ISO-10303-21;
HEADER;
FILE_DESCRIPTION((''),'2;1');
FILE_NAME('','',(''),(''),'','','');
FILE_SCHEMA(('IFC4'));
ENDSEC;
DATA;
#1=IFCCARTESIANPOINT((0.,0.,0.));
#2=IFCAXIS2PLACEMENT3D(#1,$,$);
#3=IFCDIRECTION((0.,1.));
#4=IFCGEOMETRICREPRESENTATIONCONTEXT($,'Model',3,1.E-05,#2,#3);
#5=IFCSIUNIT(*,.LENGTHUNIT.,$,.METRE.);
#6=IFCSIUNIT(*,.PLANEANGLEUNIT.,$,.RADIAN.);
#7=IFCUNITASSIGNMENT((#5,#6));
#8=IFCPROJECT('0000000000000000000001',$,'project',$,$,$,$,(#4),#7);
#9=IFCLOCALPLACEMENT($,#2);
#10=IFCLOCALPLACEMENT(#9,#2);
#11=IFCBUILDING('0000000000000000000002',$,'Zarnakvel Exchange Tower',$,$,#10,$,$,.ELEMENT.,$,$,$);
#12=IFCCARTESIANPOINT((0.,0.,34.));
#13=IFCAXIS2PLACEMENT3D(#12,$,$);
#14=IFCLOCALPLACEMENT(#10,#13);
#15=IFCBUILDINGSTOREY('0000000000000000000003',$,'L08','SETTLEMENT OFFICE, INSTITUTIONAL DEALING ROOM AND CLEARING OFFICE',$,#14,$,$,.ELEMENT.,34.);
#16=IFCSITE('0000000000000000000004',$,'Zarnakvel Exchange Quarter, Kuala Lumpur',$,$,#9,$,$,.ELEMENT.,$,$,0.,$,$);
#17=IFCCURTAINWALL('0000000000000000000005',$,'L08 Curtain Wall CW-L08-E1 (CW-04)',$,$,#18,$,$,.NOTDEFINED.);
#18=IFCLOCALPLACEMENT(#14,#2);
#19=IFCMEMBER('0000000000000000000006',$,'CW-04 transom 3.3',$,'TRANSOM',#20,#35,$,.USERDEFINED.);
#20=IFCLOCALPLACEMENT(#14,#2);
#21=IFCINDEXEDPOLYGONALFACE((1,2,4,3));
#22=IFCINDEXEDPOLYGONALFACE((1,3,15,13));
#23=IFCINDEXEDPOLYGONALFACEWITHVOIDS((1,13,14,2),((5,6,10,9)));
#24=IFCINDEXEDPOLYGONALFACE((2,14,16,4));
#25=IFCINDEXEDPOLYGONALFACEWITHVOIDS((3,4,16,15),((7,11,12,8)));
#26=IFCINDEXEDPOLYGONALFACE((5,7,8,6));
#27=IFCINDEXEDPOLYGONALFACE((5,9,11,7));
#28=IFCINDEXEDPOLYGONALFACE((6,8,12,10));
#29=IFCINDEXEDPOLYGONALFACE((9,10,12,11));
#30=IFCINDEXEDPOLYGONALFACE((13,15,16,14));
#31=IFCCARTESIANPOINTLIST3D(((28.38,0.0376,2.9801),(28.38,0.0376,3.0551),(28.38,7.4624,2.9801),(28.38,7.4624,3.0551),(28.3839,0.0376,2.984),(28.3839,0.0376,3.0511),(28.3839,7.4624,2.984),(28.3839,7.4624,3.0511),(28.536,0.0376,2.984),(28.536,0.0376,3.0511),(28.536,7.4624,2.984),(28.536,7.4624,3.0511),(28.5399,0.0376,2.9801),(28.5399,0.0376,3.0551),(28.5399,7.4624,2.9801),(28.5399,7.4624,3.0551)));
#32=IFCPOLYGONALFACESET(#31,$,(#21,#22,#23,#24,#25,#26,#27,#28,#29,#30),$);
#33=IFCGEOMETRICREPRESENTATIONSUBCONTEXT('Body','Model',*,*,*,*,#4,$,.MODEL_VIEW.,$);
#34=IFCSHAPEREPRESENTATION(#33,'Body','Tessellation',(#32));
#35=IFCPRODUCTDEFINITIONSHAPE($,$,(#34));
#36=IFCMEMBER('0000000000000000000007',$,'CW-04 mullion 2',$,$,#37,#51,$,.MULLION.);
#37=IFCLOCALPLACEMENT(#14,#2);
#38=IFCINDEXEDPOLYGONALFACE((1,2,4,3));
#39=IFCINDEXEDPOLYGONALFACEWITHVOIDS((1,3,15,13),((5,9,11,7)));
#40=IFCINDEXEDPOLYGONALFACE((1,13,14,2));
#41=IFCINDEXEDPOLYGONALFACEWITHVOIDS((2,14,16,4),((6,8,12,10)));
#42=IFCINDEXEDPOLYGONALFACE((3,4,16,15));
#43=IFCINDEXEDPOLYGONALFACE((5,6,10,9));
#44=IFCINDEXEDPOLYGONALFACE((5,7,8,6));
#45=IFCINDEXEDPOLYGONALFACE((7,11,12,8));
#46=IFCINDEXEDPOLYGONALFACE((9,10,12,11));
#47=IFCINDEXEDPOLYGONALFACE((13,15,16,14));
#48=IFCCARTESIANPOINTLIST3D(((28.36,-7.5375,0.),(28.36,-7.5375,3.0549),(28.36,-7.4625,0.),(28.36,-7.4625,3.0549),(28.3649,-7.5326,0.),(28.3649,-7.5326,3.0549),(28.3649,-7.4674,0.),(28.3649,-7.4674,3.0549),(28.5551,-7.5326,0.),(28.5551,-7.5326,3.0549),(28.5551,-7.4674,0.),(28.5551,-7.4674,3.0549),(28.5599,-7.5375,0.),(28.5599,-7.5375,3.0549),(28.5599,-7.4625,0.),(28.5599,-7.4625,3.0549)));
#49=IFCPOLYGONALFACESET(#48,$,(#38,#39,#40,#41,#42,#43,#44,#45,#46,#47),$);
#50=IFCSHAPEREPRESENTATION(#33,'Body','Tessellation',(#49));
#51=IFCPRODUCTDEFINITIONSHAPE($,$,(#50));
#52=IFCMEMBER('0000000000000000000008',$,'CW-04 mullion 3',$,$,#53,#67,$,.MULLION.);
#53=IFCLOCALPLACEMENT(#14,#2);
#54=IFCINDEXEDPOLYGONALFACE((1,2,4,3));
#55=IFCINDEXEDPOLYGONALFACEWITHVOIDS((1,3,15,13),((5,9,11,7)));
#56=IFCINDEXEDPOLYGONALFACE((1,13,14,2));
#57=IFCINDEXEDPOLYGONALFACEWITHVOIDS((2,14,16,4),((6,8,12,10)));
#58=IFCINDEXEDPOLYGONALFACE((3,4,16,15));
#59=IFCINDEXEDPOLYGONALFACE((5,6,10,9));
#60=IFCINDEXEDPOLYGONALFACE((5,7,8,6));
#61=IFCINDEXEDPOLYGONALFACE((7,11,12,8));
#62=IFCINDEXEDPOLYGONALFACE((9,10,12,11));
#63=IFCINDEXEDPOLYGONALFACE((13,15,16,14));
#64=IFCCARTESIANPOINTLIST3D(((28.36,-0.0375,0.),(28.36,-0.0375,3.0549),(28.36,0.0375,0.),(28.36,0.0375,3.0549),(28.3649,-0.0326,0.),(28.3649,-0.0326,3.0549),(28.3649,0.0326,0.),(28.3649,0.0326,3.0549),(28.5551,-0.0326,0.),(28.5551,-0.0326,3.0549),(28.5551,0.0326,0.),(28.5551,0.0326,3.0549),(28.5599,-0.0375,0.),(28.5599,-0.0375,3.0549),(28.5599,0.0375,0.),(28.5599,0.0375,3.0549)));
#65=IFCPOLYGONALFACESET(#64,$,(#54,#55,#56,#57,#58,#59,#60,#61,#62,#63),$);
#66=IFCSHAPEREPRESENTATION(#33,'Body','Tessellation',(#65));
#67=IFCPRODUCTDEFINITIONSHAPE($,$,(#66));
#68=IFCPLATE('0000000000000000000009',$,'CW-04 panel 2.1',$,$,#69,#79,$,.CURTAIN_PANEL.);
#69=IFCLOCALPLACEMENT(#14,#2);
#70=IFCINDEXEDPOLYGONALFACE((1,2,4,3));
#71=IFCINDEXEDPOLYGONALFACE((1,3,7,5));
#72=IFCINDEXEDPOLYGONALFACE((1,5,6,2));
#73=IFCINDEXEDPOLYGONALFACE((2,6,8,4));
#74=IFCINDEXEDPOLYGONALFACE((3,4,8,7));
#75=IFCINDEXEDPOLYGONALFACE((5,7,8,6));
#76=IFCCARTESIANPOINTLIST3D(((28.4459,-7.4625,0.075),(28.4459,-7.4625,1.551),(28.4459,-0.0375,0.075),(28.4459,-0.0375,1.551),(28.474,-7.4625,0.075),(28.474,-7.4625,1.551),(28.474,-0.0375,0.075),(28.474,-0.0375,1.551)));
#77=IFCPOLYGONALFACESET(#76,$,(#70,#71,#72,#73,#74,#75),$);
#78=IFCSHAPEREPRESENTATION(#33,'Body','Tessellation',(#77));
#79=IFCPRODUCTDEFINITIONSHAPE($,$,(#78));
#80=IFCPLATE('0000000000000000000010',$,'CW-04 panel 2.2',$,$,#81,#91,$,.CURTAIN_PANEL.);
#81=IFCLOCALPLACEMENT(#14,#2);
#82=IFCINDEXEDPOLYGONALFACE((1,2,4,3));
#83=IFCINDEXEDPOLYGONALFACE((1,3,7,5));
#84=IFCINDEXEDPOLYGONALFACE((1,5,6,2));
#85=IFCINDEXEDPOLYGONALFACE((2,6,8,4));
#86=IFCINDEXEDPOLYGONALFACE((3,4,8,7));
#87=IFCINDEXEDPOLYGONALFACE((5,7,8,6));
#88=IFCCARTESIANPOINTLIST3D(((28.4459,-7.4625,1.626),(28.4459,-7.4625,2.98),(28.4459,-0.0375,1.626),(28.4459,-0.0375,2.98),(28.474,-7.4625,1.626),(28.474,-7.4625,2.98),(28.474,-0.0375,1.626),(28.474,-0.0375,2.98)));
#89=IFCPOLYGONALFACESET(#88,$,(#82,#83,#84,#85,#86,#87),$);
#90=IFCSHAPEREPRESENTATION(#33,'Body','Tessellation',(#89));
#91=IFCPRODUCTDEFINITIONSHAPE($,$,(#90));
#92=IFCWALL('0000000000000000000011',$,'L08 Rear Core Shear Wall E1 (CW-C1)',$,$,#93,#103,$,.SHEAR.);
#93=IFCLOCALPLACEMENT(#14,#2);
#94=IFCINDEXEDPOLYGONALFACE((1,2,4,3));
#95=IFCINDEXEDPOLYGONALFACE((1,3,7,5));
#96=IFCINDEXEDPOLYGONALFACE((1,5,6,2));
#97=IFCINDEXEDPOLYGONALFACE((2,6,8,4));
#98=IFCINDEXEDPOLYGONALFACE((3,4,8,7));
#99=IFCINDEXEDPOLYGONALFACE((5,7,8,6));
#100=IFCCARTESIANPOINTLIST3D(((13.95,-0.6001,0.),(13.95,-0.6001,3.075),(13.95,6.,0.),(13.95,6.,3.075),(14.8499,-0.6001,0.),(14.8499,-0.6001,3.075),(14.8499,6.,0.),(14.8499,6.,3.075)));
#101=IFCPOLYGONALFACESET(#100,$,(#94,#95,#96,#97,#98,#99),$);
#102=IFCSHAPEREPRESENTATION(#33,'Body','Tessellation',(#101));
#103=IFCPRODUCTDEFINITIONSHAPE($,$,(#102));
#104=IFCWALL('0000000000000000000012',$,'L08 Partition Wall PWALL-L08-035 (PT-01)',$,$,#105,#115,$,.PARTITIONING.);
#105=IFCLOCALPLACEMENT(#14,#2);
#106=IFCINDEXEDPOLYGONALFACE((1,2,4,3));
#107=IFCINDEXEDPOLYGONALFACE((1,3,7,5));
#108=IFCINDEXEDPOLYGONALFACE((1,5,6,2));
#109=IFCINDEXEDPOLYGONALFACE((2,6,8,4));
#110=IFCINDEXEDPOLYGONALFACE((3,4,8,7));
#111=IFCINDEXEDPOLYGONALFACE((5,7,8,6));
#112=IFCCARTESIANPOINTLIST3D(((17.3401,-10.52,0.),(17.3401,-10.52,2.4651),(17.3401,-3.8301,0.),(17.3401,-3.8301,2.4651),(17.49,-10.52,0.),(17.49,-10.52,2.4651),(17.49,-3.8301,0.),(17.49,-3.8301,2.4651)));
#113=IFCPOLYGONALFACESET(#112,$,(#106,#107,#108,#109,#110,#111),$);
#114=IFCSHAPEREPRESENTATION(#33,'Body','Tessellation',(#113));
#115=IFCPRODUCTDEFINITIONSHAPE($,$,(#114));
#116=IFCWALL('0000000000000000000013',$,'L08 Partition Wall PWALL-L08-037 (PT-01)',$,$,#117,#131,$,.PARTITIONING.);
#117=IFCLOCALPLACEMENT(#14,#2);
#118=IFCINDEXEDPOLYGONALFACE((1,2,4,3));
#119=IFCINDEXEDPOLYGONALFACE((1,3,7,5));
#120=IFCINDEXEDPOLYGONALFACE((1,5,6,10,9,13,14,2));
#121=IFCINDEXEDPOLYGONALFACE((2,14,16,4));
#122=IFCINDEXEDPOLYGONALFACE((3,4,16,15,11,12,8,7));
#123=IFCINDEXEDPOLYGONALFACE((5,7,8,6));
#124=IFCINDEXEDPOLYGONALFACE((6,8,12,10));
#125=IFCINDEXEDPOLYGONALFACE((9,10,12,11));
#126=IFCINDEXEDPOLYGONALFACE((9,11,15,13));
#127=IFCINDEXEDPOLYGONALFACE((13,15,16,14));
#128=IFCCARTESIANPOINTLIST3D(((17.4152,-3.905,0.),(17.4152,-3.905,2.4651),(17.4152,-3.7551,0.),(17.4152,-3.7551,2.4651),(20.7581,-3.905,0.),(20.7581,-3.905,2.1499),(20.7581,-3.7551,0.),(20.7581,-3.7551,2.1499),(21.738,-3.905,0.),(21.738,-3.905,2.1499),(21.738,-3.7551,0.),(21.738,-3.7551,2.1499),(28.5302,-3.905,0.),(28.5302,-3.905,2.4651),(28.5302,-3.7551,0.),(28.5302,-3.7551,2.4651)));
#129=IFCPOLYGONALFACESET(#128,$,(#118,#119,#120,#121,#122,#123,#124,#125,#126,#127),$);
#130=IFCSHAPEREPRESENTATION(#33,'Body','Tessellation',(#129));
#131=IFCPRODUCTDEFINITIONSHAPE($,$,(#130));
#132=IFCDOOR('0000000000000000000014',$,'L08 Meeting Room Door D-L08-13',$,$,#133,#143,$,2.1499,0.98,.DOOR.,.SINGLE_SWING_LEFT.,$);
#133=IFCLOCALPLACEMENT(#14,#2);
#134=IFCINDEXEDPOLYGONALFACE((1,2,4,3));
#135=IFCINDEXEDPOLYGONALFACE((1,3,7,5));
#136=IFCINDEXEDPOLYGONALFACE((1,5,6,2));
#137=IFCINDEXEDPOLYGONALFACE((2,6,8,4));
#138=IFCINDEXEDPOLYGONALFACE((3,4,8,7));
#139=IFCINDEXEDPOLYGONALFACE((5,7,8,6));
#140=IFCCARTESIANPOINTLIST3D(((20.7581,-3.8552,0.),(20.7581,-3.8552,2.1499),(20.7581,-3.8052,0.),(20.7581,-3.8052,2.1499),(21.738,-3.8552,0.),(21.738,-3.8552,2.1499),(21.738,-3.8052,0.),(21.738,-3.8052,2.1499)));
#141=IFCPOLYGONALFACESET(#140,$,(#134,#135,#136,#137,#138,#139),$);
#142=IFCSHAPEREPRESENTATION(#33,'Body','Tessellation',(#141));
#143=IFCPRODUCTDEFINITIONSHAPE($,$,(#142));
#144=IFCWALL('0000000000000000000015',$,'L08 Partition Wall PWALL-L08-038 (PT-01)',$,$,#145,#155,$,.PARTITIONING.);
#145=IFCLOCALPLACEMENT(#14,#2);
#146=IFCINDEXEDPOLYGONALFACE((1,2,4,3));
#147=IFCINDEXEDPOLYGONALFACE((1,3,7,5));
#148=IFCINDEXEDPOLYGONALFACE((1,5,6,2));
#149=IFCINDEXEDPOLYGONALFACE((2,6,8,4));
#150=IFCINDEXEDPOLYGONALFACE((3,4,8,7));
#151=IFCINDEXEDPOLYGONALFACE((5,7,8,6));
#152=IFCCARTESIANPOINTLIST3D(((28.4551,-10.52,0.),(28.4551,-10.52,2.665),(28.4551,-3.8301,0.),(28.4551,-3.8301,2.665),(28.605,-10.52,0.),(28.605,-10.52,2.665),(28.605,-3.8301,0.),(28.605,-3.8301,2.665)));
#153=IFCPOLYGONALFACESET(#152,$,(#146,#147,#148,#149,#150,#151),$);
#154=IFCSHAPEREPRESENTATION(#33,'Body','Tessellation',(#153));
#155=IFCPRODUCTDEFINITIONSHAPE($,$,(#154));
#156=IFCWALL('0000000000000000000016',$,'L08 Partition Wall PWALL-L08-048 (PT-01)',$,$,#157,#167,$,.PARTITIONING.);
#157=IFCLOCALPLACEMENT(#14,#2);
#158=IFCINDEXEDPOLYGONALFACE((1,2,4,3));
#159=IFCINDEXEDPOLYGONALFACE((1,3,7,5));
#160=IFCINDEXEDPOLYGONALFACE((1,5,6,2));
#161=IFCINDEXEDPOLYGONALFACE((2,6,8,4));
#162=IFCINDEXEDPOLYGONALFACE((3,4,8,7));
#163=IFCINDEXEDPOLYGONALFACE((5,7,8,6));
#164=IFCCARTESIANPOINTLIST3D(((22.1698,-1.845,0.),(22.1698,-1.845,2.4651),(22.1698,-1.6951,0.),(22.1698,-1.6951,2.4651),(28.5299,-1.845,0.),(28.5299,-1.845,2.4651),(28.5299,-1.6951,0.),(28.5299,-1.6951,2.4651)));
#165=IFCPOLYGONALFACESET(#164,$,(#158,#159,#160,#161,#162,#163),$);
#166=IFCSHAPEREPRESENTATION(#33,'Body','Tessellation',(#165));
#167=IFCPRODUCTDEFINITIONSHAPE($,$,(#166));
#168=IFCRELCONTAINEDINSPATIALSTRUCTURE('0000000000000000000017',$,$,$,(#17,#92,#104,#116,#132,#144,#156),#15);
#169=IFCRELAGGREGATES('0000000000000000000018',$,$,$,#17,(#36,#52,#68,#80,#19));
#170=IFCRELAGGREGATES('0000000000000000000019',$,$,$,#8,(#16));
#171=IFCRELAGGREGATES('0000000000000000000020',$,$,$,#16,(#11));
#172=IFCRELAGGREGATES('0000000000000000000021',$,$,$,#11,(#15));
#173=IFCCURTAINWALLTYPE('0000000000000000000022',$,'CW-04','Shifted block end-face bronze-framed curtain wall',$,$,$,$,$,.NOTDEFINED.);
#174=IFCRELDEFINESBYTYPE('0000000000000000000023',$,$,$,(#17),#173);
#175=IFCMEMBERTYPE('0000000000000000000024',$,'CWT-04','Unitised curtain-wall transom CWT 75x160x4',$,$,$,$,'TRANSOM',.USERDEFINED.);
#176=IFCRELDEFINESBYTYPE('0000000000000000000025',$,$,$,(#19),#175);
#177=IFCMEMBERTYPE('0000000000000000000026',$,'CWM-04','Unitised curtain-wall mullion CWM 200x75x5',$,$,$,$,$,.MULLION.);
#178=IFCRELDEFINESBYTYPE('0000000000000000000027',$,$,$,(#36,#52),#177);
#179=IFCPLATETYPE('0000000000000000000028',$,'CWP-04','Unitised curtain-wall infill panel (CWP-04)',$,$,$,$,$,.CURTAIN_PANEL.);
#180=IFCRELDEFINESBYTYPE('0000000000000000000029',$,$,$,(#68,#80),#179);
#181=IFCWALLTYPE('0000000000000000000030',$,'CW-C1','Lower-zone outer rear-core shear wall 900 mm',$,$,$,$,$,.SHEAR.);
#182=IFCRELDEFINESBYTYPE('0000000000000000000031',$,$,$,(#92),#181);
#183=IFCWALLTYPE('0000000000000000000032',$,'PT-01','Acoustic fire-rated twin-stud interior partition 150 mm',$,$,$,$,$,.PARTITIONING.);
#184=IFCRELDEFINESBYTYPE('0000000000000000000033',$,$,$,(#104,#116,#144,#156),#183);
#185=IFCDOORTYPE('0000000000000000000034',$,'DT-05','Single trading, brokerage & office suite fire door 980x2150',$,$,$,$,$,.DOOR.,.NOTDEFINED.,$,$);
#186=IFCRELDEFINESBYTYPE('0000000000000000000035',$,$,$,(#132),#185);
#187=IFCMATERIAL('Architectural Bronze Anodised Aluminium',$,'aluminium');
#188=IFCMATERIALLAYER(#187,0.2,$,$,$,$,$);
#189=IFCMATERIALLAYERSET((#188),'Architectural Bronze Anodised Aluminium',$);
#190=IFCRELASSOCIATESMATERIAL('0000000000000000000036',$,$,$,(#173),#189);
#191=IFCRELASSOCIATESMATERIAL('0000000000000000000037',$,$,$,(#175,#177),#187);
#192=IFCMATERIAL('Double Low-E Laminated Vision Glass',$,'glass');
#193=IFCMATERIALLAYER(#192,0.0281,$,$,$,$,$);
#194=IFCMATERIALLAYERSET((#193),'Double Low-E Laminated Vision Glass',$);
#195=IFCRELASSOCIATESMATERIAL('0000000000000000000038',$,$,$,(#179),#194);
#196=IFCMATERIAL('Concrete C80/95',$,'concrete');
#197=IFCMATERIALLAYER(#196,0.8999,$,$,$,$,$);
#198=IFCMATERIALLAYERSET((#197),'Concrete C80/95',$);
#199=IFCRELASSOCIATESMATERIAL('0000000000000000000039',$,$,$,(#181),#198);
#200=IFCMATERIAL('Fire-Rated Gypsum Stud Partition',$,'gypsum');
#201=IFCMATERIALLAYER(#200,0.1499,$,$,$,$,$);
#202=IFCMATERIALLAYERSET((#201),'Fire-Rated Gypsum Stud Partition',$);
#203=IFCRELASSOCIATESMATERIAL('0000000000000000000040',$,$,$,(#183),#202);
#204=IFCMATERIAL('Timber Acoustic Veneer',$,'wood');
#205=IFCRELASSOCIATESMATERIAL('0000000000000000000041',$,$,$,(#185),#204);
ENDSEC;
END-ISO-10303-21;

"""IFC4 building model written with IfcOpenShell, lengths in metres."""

from ifc_helpers import new_model, si_unit, direction, frame, frame_2d, origin, origin_2d, place, context, subcontext, project, spatial, rectangle, hollow_rectangle, extrude, source, transform, mapped, material, layer, layer_set, material_profile, profile_set, type_object, element, fill, aggregate, save


model = new_model("IFC4")

# Units and contexts
model_context = context("Model", 3, precision=1e-05, world=origin(), true_north=direction((0.0, 1.0)))
body_context = subcontext(model_context, "Body", "Model", "MODEL_VIEW")
ifc_project = project(units=[si_unit("LENGTHUNIT", "METRE"), si_unit("PLANEANGLEUNIT", "RADIAN")], contexts=[model_context])

# Site, building, storey
site_placement = place(None, origin())
site = spatial("IfcSite", under=ifc_project, at=site_placement, Name="Zarnakvel Exchange Quarter, Kuala Lumpur", CompositionType="ELEMENT", RefElevation=0.0)
building_placement = place(site_placement, origin())
building = spatial("IfcBuilding", under=site, at=building_placement, Name="Zarnakvel Exchange Tower", CompositionType="ELEMENT")
storey_placement = place(building_placement, frame((0.0, 0.0, 34.0)))
storey = spatial("IfcBuildingStorey", under=building, at=storey_placement, Name="L08", Description="SETTLEMENT OFFICE, INSTITUTIONAL DEALING ROOM AND CLEARING OFFICE", CompositionType="ELEMENT", Elevation=34.0)

# Shared definitions
ifc_material_1 = material(Name="Concrete C80/95", Category="concrete")

# Curtain wall, members, plates
ifc_material_2 = material(Name="Architectural Bronze Anodised Aluminium", Category="aluminium")
ifc_layer_1 = layer(ifc_material_2, 0.2)
ifc_layer_set_1 = layer_set([ifc_layer_1], Name="Architectural Bronze Anodised Aluminium")
curtain_wall_type = type_object("IfcCurtainWallType", Name="CW-04", Description="Shifted block end-face bronze-framed curtain wall", PredefinedType="NOTDEFINED", material=ifc_layer_set_1)
curtain_wall_placement = place(storey_placement, origin())
curtain_wall = element("IfcCurtainWall", 1, at=curtain_wall_placement, inside=storey, type_object=curtain_wall_type, Name="L08 Curtain Wall CW-L08-E1 (CW-04)", PredefinedType="NOTDEFINED")
ifc_material_profile_1 = material_profile(ifc_material_2, hollow_rectangle(XDim=0.1599, YDim=0.075, WallThickness=0.0039, at=origin_2d()))
ifc_profile_set_1 = profile_set([ifc_material_profile_1], Name="Architectural Bronze Anodised Aluminium")
member_type_1 = type_object("IfcMemberType", Name="CWT-04", Description="Unitised curtain-wall transom CWT 75x160x4", ElementType="TRANSOM", PredefinedType="USERDEFINED", material=ifc_profile_set_1)
shared_shape_1 = source(origin(), body_context, "Body", "SweptSolid", [
    extrude(hollow_rectangle(XDim=0.1599, YDim=0.075, WallThickness=0.0039, at=origin_2d()), origin(), (0.0, 0.0, 1.0), 7.4248),
])
member_1_placement = place(storey_placement, frame((28.46, 0.0376, 3.0176), z_axis=(0.0, 1.0, 0.0), x_axis=(-1.0, 0.0, 0.0)))
member_1 = element("IfcMember", 2, at=member_1_placement, type_object=member_type_1, Name="CW-04 transom 3.3", ObjectType="TRANSOM", PredefinedType="USERDEFINED", context=body_context, shape_type="MappedRepresentation", body=[
    mapped(shared_shape_1, transform((0.0, 0.0, 0.0), x_axis=(1.0, 0.0, 0.0), y_axis=(0.0, 1.0, 0.0), z_axis=(0.0, 0.0, 1.0), scale=1.0)),
])
ifc_material_profile_2 = material_profile(ifc_material_2, hollow_rectangle(XDim=0.2, YDim=0.075, WallThickness=0.0049, at=origin_2d()))
ifc_profile_set_2 = profile_set([ifc_material_profile_2], Name="Architectural Bronze Anodised Aluminium")
member_type_2 = type_object("IfcMemberType", Name="CWM-04", Description="Unitised curtain-wall mullion CWM 200x75x5", PredefinedType="MULLION", material=ifc_profile_set_2)
shared_shape_2 = source(origin(), body_context, "Body", "SweptSolid", [
    extrude(hollow_rectangle(XDim=0.2, YDim=0.075, WallThickness=0.0049, at=origin_2d()), origin(), (0.0, 0.0, 1.0), 3.0549),
])
member_2_placement = place(storey_placement, frame((28.46, -7.5, 0.0), z_axis=(0.0, 0.0, 1.0), x_axis=(-1.0, 0.0, 0.0)))
member_2 = element("IfcMember", 3, at=member_2_placement, type_object=member_type_2, Name="CW-04 mullion 2", PredefinedType="MULLION", context=body_context, shape_type="MappedRepresentation", body=[
    mapped(shared_shape_2, transform((0.0, 0.0, 0.0), x_axis=(1.0, 0.0, 0.0), y_axis=(0.0, 1.0, 0.0), z_axis=(0.0, 0.0, 1.0), scale=1.0)),
])
member_3_placement = place(storey_placement, frame((28.46, 0.0, 0.0), z_axis=(0.0, 0.0, 1.0), x_axis=(-1.0, 0.0, 0.0)))
member_3 = element("IfcMember", 4, at=member_3_placement, type_object=member_type_2, Name="CW-04 mullion 3", PredefinedType="MULLION", context=body_context, shape_type="MappedRepresentation", body=[
    mapped(shared_shape_2, transform((0.0, 0.0, 0.0), x_axis=(1.0, 0.0, 0.0), y_axis=(0.0, 1.0, 0.0), z_axis=(0.0, 0.0, 1.0), scale=1.0)),
])
ifc_material_3 = material(Name="Double Low-E Laminated Vision Glass", Category="glass")
ifc_layer_2 = layer(ifc_material_3, 0.0281)
ifc_layer_set_2 = layer_set([ifc_layer_2], Name="Double Low-E Laminated Vision Glass")
plate_type = type_object("IfcPlateType", Name="CWP-04", Description="Unitised curtain-wall infill panel (CWP-04)", PredefinedType="CURTAIN_PANEL", material=ifc_layer_set_2)
shared_shape_3 = source(origin(), body_context, "Body", "SweptSolid", [
    extrude(rectangle(XDim=7.425, YDim=0.0281, at=origin_2d()), origin(), (0.0, 0.0, 1.0), 1.4761),
])
plate_1_placement = place(storey_placement, frame((28.46, -3.75, 0.075), z_axis=(0.0, 0.0, 1.0), x_axis=(0.0, 1.0, 0.0)))
plate_1 = element("IfcPlate", 5, at=plate_1_placement, type_object=plate_type, Name="CW-04 panel 2.1", PredefinedType="CURTAIN_PANEL", context=body_context, shape_type="MappedRepresentation", body=[
    mapped(shared_shape_3, transform((0.0, 0.0, 0.0), x_axis=(1.0, 0.0, 0.0), y_axis=(0.0, 1.0, 0.0), z_axis=(0.0, 0.0, 1.0), scale=1.0)),
])
shared_shape_4 = source(origin(), body_context, "Body", "SweptSolid", [
    extrude(rectangle(XDim=7.425, YDim=0.0281, at=origin_2d()), origin(), (0.0, 0.0, 1.0), 1.354),
])
plate_2_placement = place(storey_placement, frame((28.46, -3.75, 1.626), z_axis=(0.0, 0.0, 1.0), x_axis=(0.0, 1.0, 0.0)))
plate_2 = element("IfcPlate", 6, at=plate_2_placement, type_object=plate_type, Name="CW-04 panel 2.2", PredefinedType="CURTAIN_PANEL", context=body_context, shape_type="MappedRepresentation", body=[
    mapped(shared_shape_4, transform((0.0, 0.0, 0.0), x_axis=(1.0, 0.0, 0.0), y_axis=(0.0, 1.0, 0.0), z_axis=(0.0, 0.0, 1.0), scale=1.0)),
])
aggregate(curtain_wall, [member_2, member_3, plate_1, plate_2, member_1])

# Walls
ifc_layer_3 = layer(ifc_material_1, 0.8999)
ifc_layer_set_3 = layer_set([ifc_layer_3], Name="Concrete C80/95")
wall_type_1 = type_object("IfcWallType", Name="CW-C1", Description="Lower-zone outer rear-core shear wall 900 mm", PredefinedType="SHEAR", material=ifc_layer_set_3)
wall_1_placement = place(storey_placement, frame((14.3999, -0.6001, 0.0), z_axis=(0.0, 0.0, 1.0), x_axis=(0.0, 1.0, 0.0)))
element("IfcWall", 7, at=wall_1_placement, inside=storey, type_object=wall_type_1, Name="L08 Rear Core Shear Wall E1 (CW-C1)", PredefinedType="SHEAR", context=body_context, shape_type="SweptSolid", body=[
    extrude(rectangle(XDim=6.6001, YDim=0.8999, at=frame_2d((3.3, 0.0))), origin(), (0.0, 0.0, 1.0), 3.075),
])
ifc_material_4 = material(Name="Fire-Rated Gypsum Stud Partition", Category="gypsum")
ifc_layer_4 = layer(ifc_material_4, 0.1499)
ifc_layer_set_4 = layer_set([ifc_layer_4], Name="Fire-Rated Gypsum Stud Partition")
wall_type_2 = type_object("IfcWallType", Name="PT-01", Description="Acoustic fire-rated twin-stud interior partition 150 mm", PredefinedType="PARTITIONING", material=ifc_layer_set_4)
wall_2_placement = place(storey_placement, frame((17.415, -3.8301, 0.0), z_axis=(0.0, 0.0, 1.0), x_axis=(0.0, -1.0, 0.0)))
element("IfcWall", 8, at=wall_2_placement, inside=storey, type_object=wall_type_2, Name="L08 Partition Wall PWALL-L08-035 (PT-01)", PredefinedType="PARTITIONING", context=body_context, shape_type="SweptSolid", body=[
    extrude(rectangle(XDim=6.6899, YDim=0.1499, at=frame_2d((3.345, 0.0))), origin(), (0.0, 0.0, 1.0), 2.4651),
])

# Wall, opening, door
wall_3_placement = place(storey_placement, frame((17.415, -3.8301, 0.0), z_axis=(0.0, 0.0, 1.0), x_axis=(1.0, 0.0, 0.0)))
wall_3 = element("IfcWall", 9, at=wall_3_placement, inside=storey, type_object=wall_type_2, Name="L08 Partition Wall PWALL-L08-037 (PT-01)", PredefinedType="PARTITIONING", context=body_context, shape_type="SweptSolid", body=[
    extrude(rectangle(XDim=11.115, YDim=0.1499, at=frame_2d((5.5576, 0.0))), origin(), (0.0, 0.0, 1.0), 2.4651),
])
opening_1_placement = place(wall_3_placement, frame((3.343, 0.0, 0.0)))
opening_1 = element("IfcOpeningElement", 10, at=opening_1_placement, cuts=wall_3, PredefinedType="OPENING", context=body_context, shape_type="SweptSolid", body=[
    extrude(rectangle(XDim=0.98, YDim=2.1499, at=frame_2d((0.49, 1.075))), frame((0.0, 0.085, 0.0), z_axis=(0.0, -1.0, 0.0), x_axis=(1.0, 0.0, 0.0)), (0.0, 0.0, 1.0), 0.1699),
])
ifc_material_5 = material(Name="Timber Acoustic Veneer", Category="wood")
door_type = type_object("IfcDoorType", Name="DT-05", Description="Single trading, brokerage & office suite fire door 980x2150", OperationType="NOTDEFINED", PredefinedType="DOOR", material=ifc_material_5)
shared_shape_5 = source(origin(), body_context, "Body", "SweptSolid", [
    extrude(rectangle(XDim=0.98, YDim=2.1499, at=frame_2d((0.49, 1.075))), frame((0.0, 0.0249, 0.0), z_axis=(0.0, -1.0, 0.0), x_axis=(1.0, 0.0, 0.0)), (0.0, 0.0, 1.0), 0.05),
])
door_1_placement = place(opening_1_placement, origin())
door_1 = element("IfcDoor", 11, at=door_1_placement, inside=storey, type_object=door_type, Name="L08 Meeting Room Door D-L08-13", OperationType="SINGLE_SWING_LEFT", OverallHeight=2.1499, OverallWidth=0.98, PredefinedType="DOOR", context=body_context, shape_type="MappedRepresentation", body=[
    mapped(shared_shape_5, transform((0.0, 0.0, 0.0), x_axis=(1.0, 0.0, 0.0), y_axis=(0.0, 1.0, 0.0), z_axis=(0.0, 0.0, 1.0), scale=1.0)),
])
fill(opening_1, door_1)

# Walls
wall_4_placement = place(storey_placement, frame((28.53, -3.8301, 0.0), z_axis=(0.0, 0.0, 1.0), x_axis=(0.0, -1.0, 0.0)))
element("IfcWall", 12, at=wall_4_placement, inside=storey, type_object=wall_type_2, Name="L08 Partition Wall PWALL-L08-038 (PT-01)", PredefinedType="PARTITIONING", context=body_context, shape_type="SweptSolid", body=[
    extrude(rectangle(XDim=6.6899, YDim=0.1499, at=frame_2d((3.345, 0.0))), origin(), (0.0, 0.0, 1.0), 2.665),
])
wall_5_placement = place(storey_placement, frame((28.53, -1.77, 0.0), z_axis=(0.0, 0.0, 1.0), x_axis=(-1.0, 0.0, 0.0)))
element("IfcWall", 13, at=wall_5_placement, inside=storey, type_object=wall_type_2, Name="L08 Partition Wall PWALL-L08-048 (PT-01)", PredefinedType="PARTITIONING", context=body_context, shape_type="SweptSolid", body=[
    extrude(rectangle(XDim=6.3601, YDim=0.1499, at=frame_2d((3.1802, 0.0))), origin(), (0.0, 0.0, 1.0), 2.4651),
])

save(model, "model.ifc")
